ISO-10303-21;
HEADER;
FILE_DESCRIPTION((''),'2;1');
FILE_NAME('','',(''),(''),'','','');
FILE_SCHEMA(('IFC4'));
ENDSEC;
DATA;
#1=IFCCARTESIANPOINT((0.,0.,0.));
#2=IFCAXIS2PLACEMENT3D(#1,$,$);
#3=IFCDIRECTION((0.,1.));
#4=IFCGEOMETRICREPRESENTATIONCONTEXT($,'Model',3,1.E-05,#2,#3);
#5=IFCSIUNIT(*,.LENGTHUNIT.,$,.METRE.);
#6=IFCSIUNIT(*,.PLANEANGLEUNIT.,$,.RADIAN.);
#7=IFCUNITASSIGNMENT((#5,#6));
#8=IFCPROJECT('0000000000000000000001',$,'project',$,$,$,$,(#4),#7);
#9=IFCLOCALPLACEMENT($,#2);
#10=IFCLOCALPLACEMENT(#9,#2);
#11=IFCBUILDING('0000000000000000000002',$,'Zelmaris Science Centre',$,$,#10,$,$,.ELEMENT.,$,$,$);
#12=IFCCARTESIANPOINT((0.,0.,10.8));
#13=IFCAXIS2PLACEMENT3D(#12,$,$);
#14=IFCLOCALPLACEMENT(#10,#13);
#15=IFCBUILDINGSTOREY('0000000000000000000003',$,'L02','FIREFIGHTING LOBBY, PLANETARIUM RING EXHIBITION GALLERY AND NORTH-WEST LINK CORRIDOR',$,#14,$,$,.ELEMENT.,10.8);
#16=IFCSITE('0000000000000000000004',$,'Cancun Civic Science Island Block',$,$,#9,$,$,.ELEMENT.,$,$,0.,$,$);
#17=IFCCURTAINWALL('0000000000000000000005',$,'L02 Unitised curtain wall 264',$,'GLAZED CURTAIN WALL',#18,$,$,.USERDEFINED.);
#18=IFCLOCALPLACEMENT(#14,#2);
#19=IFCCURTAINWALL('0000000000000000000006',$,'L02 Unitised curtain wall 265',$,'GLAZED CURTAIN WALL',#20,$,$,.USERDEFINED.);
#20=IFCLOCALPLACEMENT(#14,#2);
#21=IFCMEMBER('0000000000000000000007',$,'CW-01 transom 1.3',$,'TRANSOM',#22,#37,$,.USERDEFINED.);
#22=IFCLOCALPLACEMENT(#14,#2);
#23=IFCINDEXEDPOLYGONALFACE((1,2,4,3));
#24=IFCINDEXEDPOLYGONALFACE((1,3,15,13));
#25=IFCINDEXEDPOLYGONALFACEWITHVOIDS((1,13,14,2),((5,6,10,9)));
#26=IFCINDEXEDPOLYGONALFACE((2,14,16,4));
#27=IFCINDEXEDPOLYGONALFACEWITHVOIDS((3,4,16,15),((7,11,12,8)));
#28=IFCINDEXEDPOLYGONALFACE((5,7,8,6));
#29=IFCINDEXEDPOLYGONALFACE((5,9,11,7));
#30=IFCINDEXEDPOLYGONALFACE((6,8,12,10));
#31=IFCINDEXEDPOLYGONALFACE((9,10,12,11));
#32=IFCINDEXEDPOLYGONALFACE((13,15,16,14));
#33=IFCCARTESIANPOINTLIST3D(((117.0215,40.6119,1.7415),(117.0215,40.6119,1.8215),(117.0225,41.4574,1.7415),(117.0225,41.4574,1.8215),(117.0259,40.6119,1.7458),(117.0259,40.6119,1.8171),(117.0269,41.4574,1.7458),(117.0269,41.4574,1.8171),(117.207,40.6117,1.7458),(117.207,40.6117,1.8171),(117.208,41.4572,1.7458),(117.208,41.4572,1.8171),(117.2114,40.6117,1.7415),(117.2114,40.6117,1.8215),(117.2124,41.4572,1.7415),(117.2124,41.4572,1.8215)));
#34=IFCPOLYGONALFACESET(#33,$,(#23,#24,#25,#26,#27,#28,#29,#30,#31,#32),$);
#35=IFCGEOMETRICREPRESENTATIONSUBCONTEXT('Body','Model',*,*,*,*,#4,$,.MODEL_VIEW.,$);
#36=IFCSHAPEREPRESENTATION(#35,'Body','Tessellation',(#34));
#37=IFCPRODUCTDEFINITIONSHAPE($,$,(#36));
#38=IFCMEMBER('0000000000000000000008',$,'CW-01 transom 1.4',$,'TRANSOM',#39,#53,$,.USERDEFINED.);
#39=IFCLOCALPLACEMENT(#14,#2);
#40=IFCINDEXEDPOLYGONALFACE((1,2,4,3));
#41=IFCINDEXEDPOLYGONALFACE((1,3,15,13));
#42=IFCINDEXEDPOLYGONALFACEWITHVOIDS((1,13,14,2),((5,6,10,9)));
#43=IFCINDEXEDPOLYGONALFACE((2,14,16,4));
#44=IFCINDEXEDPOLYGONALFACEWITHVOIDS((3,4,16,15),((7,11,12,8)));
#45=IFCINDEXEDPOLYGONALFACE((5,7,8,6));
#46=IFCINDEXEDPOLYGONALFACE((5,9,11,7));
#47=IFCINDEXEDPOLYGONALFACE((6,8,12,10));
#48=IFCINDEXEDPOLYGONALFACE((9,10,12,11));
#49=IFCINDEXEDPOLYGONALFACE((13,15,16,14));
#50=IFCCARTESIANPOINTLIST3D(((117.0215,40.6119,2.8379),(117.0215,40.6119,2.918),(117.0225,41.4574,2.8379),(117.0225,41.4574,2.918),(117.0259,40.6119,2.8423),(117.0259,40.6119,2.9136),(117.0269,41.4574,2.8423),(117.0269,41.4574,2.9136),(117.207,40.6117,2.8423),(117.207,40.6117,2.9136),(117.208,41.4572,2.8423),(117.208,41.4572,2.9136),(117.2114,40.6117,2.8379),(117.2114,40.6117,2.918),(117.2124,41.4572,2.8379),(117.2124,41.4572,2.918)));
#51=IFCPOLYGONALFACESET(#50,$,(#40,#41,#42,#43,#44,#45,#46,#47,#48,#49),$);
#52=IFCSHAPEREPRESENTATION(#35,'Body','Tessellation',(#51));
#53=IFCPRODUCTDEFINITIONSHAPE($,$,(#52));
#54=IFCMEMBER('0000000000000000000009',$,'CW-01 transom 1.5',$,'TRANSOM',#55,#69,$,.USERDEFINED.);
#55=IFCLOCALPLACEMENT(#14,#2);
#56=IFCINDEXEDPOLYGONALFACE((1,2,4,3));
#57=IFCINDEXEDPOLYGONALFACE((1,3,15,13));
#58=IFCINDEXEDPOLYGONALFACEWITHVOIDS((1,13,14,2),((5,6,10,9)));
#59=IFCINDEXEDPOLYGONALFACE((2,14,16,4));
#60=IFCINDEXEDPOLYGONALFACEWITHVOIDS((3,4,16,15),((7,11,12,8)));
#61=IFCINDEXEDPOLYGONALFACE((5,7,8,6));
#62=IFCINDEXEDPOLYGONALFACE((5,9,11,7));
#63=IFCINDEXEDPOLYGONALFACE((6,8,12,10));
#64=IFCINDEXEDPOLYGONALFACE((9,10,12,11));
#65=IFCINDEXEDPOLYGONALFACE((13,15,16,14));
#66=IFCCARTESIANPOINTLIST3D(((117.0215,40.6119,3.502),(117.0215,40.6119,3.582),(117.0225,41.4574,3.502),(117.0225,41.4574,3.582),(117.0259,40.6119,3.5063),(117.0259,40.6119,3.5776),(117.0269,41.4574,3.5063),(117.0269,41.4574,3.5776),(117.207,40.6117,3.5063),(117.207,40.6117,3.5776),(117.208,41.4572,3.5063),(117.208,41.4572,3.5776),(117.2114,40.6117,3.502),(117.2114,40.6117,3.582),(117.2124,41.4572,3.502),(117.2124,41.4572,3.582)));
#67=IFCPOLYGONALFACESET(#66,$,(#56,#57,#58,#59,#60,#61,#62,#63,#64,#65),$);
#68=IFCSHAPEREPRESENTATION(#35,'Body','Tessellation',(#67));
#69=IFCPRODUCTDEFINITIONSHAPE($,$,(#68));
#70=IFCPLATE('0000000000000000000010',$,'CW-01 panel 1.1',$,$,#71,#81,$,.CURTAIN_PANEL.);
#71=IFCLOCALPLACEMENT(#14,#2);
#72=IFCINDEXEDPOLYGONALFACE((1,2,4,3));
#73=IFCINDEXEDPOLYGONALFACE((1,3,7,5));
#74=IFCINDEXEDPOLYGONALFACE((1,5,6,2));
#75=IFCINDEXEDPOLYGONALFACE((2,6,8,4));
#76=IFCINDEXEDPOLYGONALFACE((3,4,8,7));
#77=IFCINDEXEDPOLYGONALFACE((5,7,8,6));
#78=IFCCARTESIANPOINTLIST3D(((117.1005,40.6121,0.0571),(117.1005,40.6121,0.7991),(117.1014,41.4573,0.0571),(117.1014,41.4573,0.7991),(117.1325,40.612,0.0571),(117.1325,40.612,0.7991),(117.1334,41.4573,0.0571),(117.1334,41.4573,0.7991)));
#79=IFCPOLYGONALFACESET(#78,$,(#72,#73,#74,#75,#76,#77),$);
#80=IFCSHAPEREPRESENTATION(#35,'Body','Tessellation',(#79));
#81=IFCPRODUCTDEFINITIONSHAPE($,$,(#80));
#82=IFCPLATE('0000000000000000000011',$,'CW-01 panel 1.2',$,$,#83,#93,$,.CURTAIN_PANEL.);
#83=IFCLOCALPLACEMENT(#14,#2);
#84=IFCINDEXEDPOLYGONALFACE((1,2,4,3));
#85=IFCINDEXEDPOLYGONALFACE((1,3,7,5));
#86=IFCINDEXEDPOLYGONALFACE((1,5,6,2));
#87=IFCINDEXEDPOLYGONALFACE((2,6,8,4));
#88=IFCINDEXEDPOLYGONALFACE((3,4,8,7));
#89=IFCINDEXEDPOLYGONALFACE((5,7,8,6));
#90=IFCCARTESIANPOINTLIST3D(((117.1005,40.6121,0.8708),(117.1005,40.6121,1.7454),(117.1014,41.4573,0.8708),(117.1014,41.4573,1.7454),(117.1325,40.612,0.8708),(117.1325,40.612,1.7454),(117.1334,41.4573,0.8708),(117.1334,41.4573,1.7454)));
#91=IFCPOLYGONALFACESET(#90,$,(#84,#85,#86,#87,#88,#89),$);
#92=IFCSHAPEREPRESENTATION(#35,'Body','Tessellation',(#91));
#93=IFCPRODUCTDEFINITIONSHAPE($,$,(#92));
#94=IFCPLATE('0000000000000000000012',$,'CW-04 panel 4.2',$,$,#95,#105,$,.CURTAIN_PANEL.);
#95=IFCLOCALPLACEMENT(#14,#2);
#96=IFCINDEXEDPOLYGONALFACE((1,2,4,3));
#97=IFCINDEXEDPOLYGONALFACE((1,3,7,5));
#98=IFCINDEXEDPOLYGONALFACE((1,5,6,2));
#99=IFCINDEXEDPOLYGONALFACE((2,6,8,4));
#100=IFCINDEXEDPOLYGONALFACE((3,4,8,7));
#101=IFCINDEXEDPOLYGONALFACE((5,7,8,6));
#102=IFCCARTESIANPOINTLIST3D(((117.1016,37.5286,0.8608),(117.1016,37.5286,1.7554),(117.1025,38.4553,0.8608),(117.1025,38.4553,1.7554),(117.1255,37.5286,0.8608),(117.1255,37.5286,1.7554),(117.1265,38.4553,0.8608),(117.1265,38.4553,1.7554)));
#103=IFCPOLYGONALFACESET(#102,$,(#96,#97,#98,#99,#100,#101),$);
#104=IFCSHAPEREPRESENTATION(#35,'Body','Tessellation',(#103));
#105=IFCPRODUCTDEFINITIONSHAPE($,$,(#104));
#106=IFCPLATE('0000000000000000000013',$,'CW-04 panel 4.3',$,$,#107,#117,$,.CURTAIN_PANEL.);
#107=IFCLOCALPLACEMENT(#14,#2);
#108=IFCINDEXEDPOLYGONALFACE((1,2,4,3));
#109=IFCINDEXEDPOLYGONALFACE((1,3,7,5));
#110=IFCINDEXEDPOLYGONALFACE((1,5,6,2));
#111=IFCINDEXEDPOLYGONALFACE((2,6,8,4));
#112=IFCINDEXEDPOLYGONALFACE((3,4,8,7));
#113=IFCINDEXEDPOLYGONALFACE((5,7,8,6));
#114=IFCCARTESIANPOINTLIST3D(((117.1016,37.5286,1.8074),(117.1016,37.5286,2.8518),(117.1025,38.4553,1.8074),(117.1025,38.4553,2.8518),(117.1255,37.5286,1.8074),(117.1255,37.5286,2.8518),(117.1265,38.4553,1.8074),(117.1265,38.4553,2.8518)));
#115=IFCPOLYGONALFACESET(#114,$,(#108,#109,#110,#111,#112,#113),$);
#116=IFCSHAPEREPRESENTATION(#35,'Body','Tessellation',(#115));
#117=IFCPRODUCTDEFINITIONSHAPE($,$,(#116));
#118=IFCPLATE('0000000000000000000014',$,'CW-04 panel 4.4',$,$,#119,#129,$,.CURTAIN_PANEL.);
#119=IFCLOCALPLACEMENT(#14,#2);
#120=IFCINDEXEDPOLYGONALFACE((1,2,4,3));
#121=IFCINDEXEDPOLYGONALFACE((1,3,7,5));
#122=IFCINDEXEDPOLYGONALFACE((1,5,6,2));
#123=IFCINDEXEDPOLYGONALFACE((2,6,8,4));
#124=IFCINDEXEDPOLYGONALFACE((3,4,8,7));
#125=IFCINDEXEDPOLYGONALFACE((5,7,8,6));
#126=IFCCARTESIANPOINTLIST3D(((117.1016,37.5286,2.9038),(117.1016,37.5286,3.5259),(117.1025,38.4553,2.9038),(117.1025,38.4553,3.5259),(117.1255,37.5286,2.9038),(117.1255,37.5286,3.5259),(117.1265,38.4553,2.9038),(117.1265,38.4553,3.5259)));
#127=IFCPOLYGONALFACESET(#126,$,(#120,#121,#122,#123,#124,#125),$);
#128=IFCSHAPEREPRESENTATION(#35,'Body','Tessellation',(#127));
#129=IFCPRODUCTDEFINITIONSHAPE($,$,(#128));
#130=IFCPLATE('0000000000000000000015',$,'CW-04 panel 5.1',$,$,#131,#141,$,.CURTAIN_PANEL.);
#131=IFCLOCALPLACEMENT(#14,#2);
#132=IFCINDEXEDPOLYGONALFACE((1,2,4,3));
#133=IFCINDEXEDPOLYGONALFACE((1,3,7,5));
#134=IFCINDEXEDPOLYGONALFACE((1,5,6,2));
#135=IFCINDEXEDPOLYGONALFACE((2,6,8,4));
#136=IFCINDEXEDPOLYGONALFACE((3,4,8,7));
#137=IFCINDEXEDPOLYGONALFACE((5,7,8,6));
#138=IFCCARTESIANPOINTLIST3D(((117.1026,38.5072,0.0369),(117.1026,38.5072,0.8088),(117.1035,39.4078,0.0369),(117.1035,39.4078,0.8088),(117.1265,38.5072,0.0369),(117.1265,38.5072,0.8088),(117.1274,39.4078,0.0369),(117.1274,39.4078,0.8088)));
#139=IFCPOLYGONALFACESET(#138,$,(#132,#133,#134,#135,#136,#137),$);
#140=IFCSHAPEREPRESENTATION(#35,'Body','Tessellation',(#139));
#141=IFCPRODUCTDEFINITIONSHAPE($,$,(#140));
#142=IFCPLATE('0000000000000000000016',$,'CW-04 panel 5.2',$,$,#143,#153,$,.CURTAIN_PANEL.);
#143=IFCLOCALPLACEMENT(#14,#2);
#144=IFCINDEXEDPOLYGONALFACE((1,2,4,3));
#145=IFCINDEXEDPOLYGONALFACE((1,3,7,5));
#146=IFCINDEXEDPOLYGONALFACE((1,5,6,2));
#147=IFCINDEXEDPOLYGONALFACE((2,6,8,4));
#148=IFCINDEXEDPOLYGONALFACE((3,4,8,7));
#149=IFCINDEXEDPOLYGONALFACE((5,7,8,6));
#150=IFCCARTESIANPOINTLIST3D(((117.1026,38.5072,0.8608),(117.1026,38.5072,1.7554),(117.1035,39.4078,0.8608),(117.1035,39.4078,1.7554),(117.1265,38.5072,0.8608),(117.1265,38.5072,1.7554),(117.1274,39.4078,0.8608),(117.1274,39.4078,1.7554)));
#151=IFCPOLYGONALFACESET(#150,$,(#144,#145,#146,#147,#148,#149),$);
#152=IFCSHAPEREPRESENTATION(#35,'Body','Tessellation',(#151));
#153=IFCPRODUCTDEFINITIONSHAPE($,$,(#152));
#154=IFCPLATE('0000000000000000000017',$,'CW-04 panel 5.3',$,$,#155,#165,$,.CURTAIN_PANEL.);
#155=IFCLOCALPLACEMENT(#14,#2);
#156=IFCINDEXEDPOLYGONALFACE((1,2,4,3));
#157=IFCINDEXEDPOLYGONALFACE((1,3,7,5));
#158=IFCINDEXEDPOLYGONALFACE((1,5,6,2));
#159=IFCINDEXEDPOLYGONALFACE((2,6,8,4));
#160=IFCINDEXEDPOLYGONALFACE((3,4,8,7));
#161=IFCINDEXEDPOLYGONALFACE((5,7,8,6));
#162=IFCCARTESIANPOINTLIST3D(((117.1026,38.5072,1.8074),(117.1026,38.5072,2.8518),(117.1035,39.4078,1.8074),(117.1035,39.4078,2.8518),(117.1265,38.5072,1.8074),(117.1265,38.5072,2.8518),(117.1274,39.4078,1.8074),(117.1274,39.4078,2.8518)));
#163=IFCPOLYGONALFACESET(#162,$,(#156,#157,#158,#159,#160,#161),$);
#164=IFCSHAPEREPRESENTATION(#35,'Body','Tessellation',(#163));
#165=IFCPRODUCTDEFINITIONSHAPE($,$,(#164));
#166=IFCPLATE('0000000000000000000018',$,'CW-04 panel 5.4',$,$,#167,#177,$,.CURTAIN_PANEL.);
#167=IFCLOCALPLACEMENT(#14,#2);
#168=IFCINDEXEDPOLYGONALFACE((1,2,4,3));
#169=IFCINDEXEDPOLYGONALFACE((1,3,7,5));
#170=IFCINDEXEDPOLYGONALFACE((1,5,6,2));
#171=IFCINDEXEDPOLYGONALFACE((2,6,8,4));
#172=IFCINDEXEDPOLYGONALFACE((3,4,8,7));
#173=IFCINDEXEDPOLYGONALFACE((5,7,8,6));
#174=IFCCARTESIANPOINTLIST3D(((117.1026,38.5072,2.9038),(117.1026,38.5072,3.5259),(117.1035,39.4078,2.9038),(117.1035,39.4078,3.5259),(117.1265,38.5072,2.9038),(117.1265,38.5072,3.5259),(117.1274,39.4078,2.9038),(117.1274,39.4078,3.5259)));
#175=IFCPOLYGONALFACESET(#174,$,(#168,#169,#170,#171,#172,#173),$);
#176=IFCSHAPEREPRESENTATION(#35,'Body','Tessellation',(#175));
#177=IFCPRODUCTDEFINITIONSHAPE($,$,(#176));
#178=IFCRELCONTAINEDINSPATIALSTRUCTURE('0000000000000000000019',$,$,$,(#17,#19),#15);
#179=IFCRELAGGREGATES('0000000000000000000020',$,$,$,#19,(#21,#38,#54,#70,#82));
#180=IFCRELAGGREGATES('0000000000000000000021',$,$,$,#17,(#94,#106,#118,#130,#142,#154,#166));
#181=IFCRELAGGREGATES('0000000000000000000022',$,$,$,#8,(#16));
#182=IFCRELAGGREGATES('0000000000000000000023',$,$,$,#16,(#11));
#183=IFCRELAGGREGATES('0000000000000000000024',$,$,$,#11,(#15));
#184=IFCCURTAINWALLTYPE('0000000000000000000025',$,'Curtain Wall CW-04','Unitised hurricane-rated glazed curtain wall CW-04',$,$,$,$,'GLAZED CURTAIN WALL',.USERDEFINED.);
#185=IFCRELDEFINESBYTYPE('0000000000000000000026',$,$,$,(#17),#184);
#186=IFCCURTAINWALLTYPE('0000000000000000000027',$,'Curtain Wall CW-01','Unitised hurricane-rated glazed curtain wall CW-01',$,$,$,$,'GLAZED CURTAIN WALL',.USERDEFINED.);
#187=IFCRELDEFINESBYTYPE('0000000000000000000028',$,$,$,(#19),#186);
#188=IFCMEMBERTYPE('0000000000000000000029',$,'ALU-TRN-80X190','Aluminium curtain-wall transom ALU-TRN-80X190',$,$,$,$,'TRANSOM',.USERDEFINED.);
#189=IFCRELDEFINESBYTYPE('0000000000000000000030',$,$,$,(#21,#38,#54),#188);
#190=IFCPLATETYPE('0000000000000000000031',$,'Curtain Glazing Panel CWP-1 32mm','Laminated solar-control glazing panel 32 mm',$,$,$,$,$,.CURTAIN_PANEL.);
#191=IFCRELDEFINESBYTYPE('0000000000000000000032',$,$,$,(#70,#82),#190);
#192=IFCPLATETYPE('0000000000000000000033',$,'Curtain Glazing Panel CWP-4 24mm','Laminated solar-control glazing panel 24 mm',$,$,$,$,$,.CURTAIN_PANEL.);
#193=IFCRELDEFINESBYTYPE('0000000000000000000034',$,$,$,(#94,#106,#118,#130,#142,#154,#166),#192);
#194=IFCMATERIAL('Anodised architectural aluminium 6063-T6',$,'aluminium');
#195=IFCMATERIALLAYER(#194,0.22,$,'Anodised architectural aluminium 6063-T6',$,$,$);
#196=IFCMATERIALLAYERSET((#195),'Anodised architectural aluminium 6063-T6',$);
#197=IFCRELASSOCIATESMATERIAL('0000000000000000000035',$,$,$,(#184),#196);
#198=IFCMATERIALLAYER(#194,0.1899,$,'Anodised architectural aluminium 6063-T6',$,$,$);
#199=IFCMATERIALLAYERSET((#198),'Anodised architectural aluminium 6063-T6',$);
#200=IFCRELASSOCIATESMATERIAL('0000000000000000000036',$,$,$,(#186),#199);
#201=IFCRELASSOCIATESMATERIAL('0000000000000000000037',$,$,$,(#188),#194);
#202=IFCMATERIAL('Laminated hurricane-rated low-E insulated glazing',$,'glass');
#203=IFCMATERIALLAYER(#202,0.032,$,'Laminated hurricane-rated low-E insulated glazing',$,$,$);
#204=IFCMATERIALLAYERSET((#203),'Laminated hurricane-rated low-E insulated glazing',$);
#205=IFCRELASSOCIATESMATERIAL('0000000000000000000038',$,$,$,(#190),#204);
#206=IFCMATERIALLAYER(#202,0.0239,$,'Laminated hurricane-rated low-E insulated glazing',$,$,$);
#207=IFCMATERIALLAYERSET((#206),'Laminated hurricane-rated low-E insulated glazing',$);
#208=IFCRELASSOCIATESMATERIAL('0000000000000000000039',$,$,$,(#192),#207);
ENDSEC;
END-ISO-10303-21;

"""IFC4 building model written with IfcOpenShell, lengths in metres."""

from ifc_helpers import new_model, si_unit, direction, frame, origin, origin_2d, place, context, subcontext, project, spatial, rectangle, hollow_rectangle, extrude, material, layer, layer_set, material_profile, profile_set, type_object, element, aggregate, save


model = new_model("IFC4")

# Units and contexts
model_context = context("Model", 3, precision=1e-05, world=origin(), true_north=direction((0.0, 1.0)))
body_context = subcontext(model_context, "Body", "Model", "MODEL_VIEW")
ifc_project = project(units=[si_unit("LENGTHUNIT", "METRE"), si_unit("PLANEANGLEUNIT", "RADIAN")], contexts=[model_context])

# Site, building, storey
site_placement = place(None, origin())
site = spatial("IfcSite", under=ifc_project, at=site_placement, Name="Cancun Civic Science Island Block", CompositionType="ELEMENT", RefElevation=0.0)
building_placement = place(site_placement, origin())
building = spatial("IfcBuilding", under=site, at=building_placement, Name="Zelmaris Science Centre", CompositionType="ELEMENT")
storey_placement = place(building_placement, frame((0.0, 0.0, 10.8)))
storey = spatial("IfcBuildingStorey", under=building, at=storey_placement, Name="L02", Description="FIREFIGHTING LOBBY, PLANETARIUM RING EXHIBITION GALLERY AND NORTH-WEST LINK CORRIDOR", CompositionType="ELEMENT", Elevation=10.8)

# Curtain wall
ifc_material_1 = material(Name="Anodised architectural aluminium 6063-T6", Category="aluminium")
ifc_layer_1 = layer(ifc_material_1, 0.22, Name="Anodised architectural aluminium 6063-T6")
ifc_layer_set_1 = layer_set([ifc_layer_1], Name="Anodised architectural aluminium 6063-T6")
curtain_wall_type_1 = type_object("IfcCurtainWallType", Name="Curtain Wall CW-04", Description="Unitised hurricane-rated glazed curtain wall CW-04", ElementType="GLAZED CURTAIN WALL", PredefinedType="USERDEFINED", material=ifc_layer_set_1)
curtain_wall_1_placement = place(storey_placement, origin())
curtain_wall_1 = element("IfcCurtainWall", 1, at=curtain_wall_1_placement, inside=storey, type_object=curtain_wall_type_1, Name="L02 Unitised curtain wall 264", ObjectType="GLAZED CURTAIN WALL", PredefinedType="USERDEFINED")

# Curtain wall
ifc_layer_2 = layer(ifc_material_1, 0.1899, Name="Anodised architectural aluminium 6063-T6")
ifc_layer_set_2 = layer_set([ifc_layer_2], Name="Anodised architectural aluminium 6063-T6")
curtain_wall_type_2 = type_object("IfcCurtainWallType", Name="Curtain Wall CW-01", Description="Unitised hurricane-rated glazed curtain wall CW-01", ElementType="GLAZED CURTAIN WALL", PredefinedType="USERDEFINED", material=ifc_layer_set_2)
curtain_wall_2_placement = place(storey_placement, origin())
curtain_wall_2 = element("IfcCurtainWall", 2, at=curtain_wall_2_placement, inside=storey, type_object=curtain_wall_type_2, Name="L02 Unitised curtain wall 265", ObjectType="GLAZED CURTAIN WALL", PredefinedType="USERDEFINED")

# Members
ifc_material_profile_1 = material_profile(ifc_material_1, hollow_rectangle(XDim=0.0801, YDim=0.1899, WallThickness=0.0044, at=origin_2d()), Name="ALU-TRN-80X190")
ifc_profile_set_1 = profile_set([ifc_material_profile_1], Name="Anodised architectural aluminium 6063-T6")
member_type_1 = type_object("IfcMemberType", Name="ALU-TRN-80X190", Description="Aluminium curtain-wall transom ALU-TRN-80X190", ElementType="TRANSOM", PredefinedType="USERDEFINED", material=ifc_profile_set_1)
member_1_placement = place(storey_placement, frame((117.1165, 40.6118, 1.7815), z_axis=(0.001155, 0.999999, 0.0), x_axis=(0.0, 0.0, 1.0)))
member_1 = element("IfcMember", 3, at=member_1_placement, type_object=member_type_1, Name="CW-01 transom 1.3", ObjectType="TRANSOM", PredefinedType="USERDEFINED", context=body_context, shape_type="SweptSolid", body=[
    extrude(hollow_rectangle(XDim=0.0801, YDim=0.1899, WallThickness=0.0044, at=origin_2d()), origin(), (0.0, 0.0, 1.0), 0.8455),
])
member_2_placement = place(storey_placement, frame((117.1165, 40.6118, 2.8779), z_axis=(0.001155, 0.999999, 0.0), x_axis=(0.0, 0.0, 1.0)))
member_2 = element("IfcMember", 4, at=member_2_placement, type_object=member_type_1, Name="CW-01 transom 1.4", ObjectType="TRANSOM", PredefinedType="USERDEFINED", context=body_context, shape_type="SweptSolid", body=[
    extrude(hollow_rectangle(XDim=0.0801, YDim=0.1899, WallThickness=0.0044, at=origin_2d()), origin(), (0.0, 0.0, 1.0), 0.8455),
])
member_3_placement = place(storey_placement, frame((117.1165, 40.6118, 3.542), z_axis=(0.001155, 0.999999, 0.0), x_axis=(0.0, 0.0, 1.0)))
member_3 = element("IfcMember", 5, at=member_3_placement, type_object=member_type_1, Name="CW-01 transom 1.5", ObjectType="TRANSOM", PredefinedType="USERDEFINED", context=body_context, shape_type="SweptSolid", body=[
    extrude(hollow_rectangle(XDim=0.0801, YDim=0.1899, WallThickness=0.0044, at=origin_2d()), origin(), (0.0, 0.0, 1.0), 0.8455),
])

# Plates
ifc_material_2 = material(Name="Laminated hurricane-rated low-E insulated glazing", Category="glass")
ifc_layer_3 = layer(ifc_material_2, 0.032, Name="Laminated hurricane-rated low-E insulated glazing")
ifc_layer_set_3 = layer_set([ifc_layer_3], Name="Laminated hurricane-rated low-E insulated glazing")
plate_type_1 = type_object("IfcPlateType", Name="Curtain Glazing Panel CWP-1 32mm", Description="Laminated solar-control glazing panel 32 mm", PredefinedType="CURTAIN_PANEL", material=ifc_layer_set_3)
plate_1_placement = place(storey_placement, frame((117.1169, 41.0347, 0.0571), z_axis=(0.0, 0.0, 1.0), x_axis=(0.001014, 0.999999, 0.0)))
plate_1 = element("IfcPlate", 6, at=plate_1_placement, type_object=plate_type_1, Name="CW-01 panel 1.1", PredefinedType="CURTAIN_PANEL", context=body_context, shape_type="SweptSolid", body=[
    extrude(rectangle(XDim=0.8452, YDim=0.032, at=origin_2d()), origin(), (0.0, 0.0, 1.0), 0.7419),
])
plate_2_placement = place(storey_placement, frame((117.1169, 41.0347, 0.8708), z_axis=(0.0, 0.0, 1.0), x_axis=(0.001014, 0.999999, 0.0)))
plate_2 = element("IfcPlate", 7, at=plate_2_placement, type_object=plate_type_1, Name="CW-01 panel 1.2", PredefinedType="CURTAIN_PANEL", context=body_context, shape_type="SweptSolid", body=[
    extrude(rectangle(XDim=0.8452, YDim=0.032, at=origin_2d()), origin(), (0.0, 0.0, 1.0), 0.8745),
])
aggregate(curtain_wall_2, [member_1, member_2, member_3, plate_1, plate_2])
ifc_layer_4 = layer(ifc_material_2, 0.0239, Name="Laminated hurricane-rated low-E insulated glazing")
ifc_layer_set_4 = layer_set([ifc_layer_4], Name="Laminated hurricane-rated low-E insulated glazing")
plate_type_2 = type_object("IfcPlateType", Name="Curtain Glazing Panel CWP-4 24mm", Description="Laminated solar-control glazing panel 24 mm", PredefinedType="CURTAIN_PANEL", material=ifc_layer_set_4)
plate_3_placement = place(storey_placement, frame((117.114, 37.9919, 0.8608), z_axis=(0.0, 0.0, 1.0), x_axis=(0.001022, 0.999999, 0.0)))
plate_3 = element("IfcPlate", 8, at=plate_3_placement, type_object=plate_type_2, Name="CW-04 panel 4.2", PredefinedType="CURTAIN_PANEL", context=body_context, shape_type="SweptSolid", body=[
    extrude(rectangle(XDim=0.9268, YDim=0.0239, at=origin_2d()), origin(), (0.0, 0.0, 1.0), 0.8945),
])
plate_4_placement = place(storey_placement, frame((117.114, 37.9919, 1.8074), z_axis=(0.0, 0.0, 1.0), x_axis=(0.001022, 0.999999, 0.0)))
plate_4 = element("IfcPlate", 9, at=plate_4_placement, type_object=plate_type_2, Name="CW-04 panel 4.3", PredefinedType="CURTAIN_PANEL", context=body_context, shape_type="SweptSolid", body=[
    extrude(rectangle(XDim=0.9268, YDim=0.0239, at=origin_2d()), origin(), (0.0, 0.0, 1.0), 1.0444),
])
plate_5_placement = place(storey_placement, frame((117.114, 37.9919, 2.9038), z_axis=(0.0, 0.0, 1.0), x_axis=(0.001022, 0.999999, 0.0)))
plate_5 = element("IfcPlate", 10, at=plate_5_placement, type_object=plate_type_2, Name="CW-04 panel 4.4", PredefinedType="CURTAIN_PANEL", context=body_context, shape_type="SweptSolid", body=[
    extrude(rectangle(XDim=0.9268, YDim=0.0239, at=origin_2d()), origin(), (0.0, 0.0, 1.0), 0.6221),
])
plate_6_placement = place(storey_placement, frame((117.115, 38.9575, 0.0369), z_axis=(0.0, 0.0, 1.0), x_axis=(0.001022, 0.999999, 0.0)))
plate_6 = element("IfcPlate", 11, at=plate_6_placement, type_object=plate_type_2, Name="CW-04 panel 5.1", PredefinedType="CURTAIN_PANEL", context=body_context, shape_type="SweptSolid", body=[
    extrude(rectangle(XDim=0.9006, YDim=0.0239, at=origin_2d()), origin(), (0.0, 0.0, 1.0), 0.772),
])
plate_7_placement = place(storey_placement, frame((117.115, 38.9575, 0.8608), z_axis=(0.0, 0.0, 1.0), x_axis=(0.001022, 0.999999, 0.0)))
plate_7 = element("IfcPlate", 12, at=plate_7_placement, type_object=plate_type_2, Name="CW-04 panel 5.2", PredefinedType="CURTAIN_PANEL", context=body_context, shape_type="SweptSolid", body=[
    extrude(rectangle(XDim=0.9006, YDim=0.0239, at=origin_2d()), origin(), (0.0, 0.0, 1.0), 0.8945),
])
plate_8_placement = place(storey_placement, frame((117.115, 38.9575, 1.8074), z_axis=(0.0, 0.0, 1.0), x_axis=(0.001022, 0.999999, 0.0)))
plate_8 = element("IfcPlate", 13, at=plate_8_placement, type_object=plate_type_2, Name="CW-04 panel 5.3", PredefinedType="CURTAIN_PANEL", context=body_context, shape_type="SweptSolid", body=[
    extrude(rectangle(XDim=0.9006, YDim=0.0239, at=origin_2d()), origin(), (0.0, 0.0, 1.0), 1.0444),
])
plate_9_placement = place(storey_placement, frame((117.115, 38.9575, 2.9038), z_axis=(0.0, 0.0, 1.0), x_axis=(0.001022, 0.999999, 0.0)))
plate_9 = element("IfcPlate", 14, at=plate_9_placement, type_object=plate_type_2, Name="CW-04 panel 5.4", PredefinedType="CURTAIN_PANEL", context=body_context, shape_type="SweptSolid", body=[
    extrude(rectangle(XDim=0.9006, YDim=0.0239, at=origin_2d()), origin(), (0.0, 0.0, 1.0), 0.6221),
])
aggregate(curtain_wall_1, [plate_3, plate_4, plate_5, plate_6, plate_7, plate_8, plate_9])

save(model, "model.ifc")
